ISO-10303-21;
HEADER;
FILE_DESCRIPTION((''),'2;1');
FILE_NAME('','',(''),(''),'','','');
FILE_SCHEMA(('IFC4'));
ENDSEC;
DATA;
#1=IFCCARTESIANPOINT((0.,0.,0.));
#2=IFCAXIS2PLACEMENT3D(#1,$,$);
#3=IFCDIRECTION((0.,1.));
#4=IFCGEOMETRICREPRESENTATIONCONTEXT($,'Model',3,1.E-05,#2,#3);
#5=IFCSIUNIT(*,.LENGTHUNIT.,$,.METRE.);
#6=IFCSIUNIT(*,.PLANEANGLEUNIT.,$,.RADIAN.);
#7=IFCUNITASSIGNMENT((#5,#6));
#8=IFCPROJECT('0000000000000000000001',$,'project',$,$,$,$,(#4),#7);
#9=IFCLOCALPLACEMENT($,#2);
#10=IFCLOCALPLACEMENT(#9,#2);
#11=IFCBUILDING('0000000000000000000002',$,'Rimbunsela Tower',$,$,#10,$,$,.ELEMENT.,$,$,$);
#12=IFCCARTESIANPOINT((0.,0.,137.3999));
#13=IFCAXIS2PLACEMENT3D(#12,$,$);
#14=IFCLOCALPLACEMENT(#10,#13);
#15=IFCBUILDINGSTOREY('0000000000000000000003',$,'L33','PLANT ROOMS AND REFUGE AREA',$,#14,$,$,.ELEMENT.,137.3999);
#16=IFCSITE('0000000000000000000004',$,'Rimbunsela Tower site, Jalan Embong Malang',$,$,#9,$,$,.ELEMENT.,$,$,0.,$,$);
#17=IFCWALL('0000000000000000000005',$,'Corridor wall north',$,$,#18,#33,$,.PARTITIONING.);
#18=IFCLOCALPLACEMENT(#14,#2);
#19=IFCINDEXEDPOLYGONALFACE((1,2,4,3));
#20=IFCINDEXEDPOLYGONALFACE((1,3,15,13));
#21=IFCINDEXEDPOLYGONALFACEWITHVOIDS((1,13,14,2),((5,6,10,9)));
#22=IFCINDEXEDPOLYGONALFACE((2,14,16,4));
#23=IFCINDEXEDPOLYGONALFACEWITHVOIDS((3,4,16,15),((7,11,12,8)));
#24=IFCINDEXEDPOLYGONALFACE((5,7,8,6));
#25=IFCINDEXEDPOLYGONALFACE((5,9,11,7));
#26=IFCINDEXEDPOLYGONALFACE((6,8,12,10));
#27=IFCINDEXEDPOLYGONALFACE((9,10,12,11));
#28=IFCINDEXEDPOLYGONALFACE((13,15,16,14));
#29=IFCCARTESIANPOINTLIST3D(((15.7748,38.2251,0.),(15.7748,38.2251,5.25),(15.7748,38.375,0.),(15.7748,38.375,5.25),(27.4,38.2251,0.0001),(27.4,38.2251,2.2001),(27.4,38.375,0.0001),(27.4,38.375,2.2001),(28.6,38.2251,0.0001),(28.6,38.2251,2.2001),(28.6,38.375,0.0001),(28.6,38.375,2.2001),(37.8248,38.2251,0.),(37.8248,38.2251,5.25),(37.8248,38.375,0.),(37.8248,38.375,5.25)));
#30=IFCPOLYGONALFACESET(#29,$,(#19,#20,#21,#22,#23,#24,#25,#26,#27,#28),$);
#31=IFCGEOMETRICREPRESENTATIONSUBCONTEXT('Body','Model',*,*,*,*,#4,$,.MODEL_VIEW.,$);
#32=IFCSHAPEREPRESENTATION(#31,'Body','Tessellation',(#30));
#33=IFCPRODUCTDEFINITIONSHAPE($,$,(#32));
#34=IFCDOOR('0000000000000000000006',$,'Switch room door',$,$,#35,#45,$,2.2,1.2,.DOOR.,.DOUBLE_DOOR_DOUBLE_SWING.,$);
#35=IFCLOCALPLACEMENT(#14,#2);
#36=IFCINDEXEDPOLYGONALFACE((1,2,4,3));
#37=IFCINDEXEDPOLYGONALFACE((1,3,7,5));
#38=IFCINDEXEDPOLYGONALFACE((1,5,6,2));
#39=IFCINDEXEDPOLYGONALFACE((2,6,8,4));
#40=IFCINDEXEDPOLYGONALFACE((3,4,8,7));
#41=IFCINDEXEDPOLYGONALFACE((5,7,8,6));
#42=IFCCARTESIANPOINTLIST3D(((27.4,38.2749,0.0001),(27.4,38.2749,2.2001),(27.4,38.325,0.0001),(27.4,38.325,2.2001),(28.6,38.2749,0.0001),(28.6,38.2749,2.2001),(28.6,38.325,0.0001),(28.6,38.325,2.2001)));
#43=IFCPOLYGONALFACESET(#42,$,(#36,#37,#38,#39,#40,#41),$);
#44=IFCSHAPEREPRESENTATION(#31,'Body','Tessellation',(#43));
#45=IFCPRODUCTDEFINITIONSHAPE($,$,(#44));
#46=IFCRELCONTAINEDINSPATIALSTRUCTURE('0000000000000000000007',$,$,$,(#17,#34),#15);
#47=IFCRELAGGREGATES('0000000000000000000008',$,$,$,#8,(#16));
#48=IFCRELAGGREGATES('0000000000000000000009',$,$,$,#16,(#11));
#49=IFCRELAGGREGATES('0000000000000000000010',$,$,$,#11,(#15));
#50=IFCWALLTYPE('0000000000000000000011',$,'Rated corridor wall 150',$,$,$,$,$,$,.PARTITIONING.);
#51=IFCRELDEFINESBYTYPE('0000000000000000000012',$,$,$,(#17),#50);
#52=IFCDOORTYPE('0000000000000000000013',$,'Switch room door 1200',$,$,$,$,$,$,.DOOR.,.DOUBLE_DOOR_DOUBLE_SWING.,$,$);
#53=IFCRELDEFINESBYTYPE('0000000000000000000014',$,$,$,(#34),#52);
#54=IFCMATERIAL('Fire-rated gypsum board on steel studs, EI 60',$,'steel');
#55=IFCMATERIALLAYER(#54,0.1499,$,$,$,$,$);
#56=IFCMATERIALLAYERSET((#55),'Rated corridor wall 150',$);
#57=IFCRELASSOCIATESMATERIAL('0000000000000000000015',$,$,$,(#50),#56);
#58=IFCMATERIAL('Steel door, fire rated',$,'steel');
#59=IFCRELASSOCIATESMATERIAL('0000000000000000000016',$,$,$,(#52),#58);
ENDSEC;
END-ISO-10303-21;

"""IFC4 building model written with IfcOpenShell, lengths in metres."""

from ifc_helpers import new_model, si_unit, direction, frame, frame_2d, origin, place, context, subcontext, project, spatial, rectangle, extrude, material, layer, layer_set, type_object, element, fill, save


model = new_model("IFC4")

# Units and contexts
model_context = context("Model", 3, precision=1e-05, world=origin(), true_north=direction((0.0, 1.0)))
body_context = subcontext(model_context, "Body", "Model", "MODEL_VIEW")
ifc_project = project(units=[si_unit("LENGTHUNIT", "METRE"), si_unit("PLANEANGLEUNIT", "RADIAN")], contexts=[model_context])

# Site, building, storey
site_placement = place(None, origin())
site = spatial("IfcSite", under=ifc_project, at=site_placement, Name="Rimbunsela Tower site, Jalan Embong Malang", CompositionType="ELEMENT", RefElevation=0.0)
building_placement = place(site_placement, origin())
building = spatial("IfcBuilding", under=site, at=building_placement, Name="Rimbunsela Tower", CompositionType="ELEMENT")
storey_placement = place(building_placement, frame((0.0, 0.0, 137.3999)))
storey = spatial("IfcBuildingStorey", under=building, at=storey_placement, Name="L33", Description="PLANT ROOMS AND REFUGE AREA", CompositionType="ELEMENT", Elevation=137.3999)

# Wall, opening, door
ifc_material_1 = material(Name="Fire-rated gypsum board on steel studs, EI 60", Category="steel")
ifc_layer_1 = layer(ifc_material_1, 0.1499)
ifc_layer_set_1 = layer_set([ifc_layer_1], Name="Rated corridor wall 150")
wall_type = type_object("IfcWallType", Name="Rated corridor wall 150", PredefinedType="PARTITIONING", material=ifc_layer_set_1)
wall_placement = place(storey_placement, frame((15.7749, 38.3, 0.0), z_axis=(0.0, 0.0, 1.0), x_axis=(1.0, 0.0, 0.0)))
wall = element("IfcWall", 1, at=wall_placement, inside=storey, type_object=wall_type, Name="Corridor wall north", PredefinedType="PARTITIONING", context=body_context, shape_type="SweptSolid", body=[
    extrude(rectangle(XDim=22.05, YDim=0.1499, at=frame_2d((11.0249, 0.0))), origin(), (0.0, 0.0, 1.0), 5.25),
])
opening_placement = place(wall_placement, frame((11.625, 0.0, 0.0)))
opening = element("IfcOpeningElement", 2, at=opening_placement, cuts=wall, PredefinedType="OPENING", context=body_context, shape_type="SweptSolid", body=[
    extrude(rectangle(XDim=1.2, YDim=2.2, at=frame_2d((0.6001, 1.1001))), frame((0.0, 0.085, 0.0), z_axis=(0.0, -1.0, 0.0), x_axis=(1.0, 0.0, 0.0)), (0.0, 0.0, 1.0), 0.1699),
])
ifc_material_2 = material(Name="Steel door, fire rated", Category="steel")
door_type = type_object("IfcDoorType", Name="Switch room door 1200", OperationType="DOUBLE_DOOR_DOUBLE_SWING", PredefinedType="DOOR", material=ifc_material_2)
door_placement = place(opening_placement, origin())
door = element("IfcDoor", 3, at=door_placement, inside=storey, type_object=door_type, Name="Switch room door", OperationType="DOUBLE_DOOR_DOUBLE_SWING", OverallHeight=2.2, OverallWidth=1.2, PredefinedType="DOOR", context=body_context, shape_type="SweptSolid", body=[
    extrude(rectangle(XDim=1.2, YDim=2.2, at=frame_2d((0.6001, 1.1001))), frame((0.0, 0.0249, 0.0), z_axis=(0.0, -1.0, 0.0), x_axis=(1.0, 0.0, 0.0)), (0.0, 0.0, 1.0), 0.05),
])
fill(opening, door)

save(model, "model.ifc")
